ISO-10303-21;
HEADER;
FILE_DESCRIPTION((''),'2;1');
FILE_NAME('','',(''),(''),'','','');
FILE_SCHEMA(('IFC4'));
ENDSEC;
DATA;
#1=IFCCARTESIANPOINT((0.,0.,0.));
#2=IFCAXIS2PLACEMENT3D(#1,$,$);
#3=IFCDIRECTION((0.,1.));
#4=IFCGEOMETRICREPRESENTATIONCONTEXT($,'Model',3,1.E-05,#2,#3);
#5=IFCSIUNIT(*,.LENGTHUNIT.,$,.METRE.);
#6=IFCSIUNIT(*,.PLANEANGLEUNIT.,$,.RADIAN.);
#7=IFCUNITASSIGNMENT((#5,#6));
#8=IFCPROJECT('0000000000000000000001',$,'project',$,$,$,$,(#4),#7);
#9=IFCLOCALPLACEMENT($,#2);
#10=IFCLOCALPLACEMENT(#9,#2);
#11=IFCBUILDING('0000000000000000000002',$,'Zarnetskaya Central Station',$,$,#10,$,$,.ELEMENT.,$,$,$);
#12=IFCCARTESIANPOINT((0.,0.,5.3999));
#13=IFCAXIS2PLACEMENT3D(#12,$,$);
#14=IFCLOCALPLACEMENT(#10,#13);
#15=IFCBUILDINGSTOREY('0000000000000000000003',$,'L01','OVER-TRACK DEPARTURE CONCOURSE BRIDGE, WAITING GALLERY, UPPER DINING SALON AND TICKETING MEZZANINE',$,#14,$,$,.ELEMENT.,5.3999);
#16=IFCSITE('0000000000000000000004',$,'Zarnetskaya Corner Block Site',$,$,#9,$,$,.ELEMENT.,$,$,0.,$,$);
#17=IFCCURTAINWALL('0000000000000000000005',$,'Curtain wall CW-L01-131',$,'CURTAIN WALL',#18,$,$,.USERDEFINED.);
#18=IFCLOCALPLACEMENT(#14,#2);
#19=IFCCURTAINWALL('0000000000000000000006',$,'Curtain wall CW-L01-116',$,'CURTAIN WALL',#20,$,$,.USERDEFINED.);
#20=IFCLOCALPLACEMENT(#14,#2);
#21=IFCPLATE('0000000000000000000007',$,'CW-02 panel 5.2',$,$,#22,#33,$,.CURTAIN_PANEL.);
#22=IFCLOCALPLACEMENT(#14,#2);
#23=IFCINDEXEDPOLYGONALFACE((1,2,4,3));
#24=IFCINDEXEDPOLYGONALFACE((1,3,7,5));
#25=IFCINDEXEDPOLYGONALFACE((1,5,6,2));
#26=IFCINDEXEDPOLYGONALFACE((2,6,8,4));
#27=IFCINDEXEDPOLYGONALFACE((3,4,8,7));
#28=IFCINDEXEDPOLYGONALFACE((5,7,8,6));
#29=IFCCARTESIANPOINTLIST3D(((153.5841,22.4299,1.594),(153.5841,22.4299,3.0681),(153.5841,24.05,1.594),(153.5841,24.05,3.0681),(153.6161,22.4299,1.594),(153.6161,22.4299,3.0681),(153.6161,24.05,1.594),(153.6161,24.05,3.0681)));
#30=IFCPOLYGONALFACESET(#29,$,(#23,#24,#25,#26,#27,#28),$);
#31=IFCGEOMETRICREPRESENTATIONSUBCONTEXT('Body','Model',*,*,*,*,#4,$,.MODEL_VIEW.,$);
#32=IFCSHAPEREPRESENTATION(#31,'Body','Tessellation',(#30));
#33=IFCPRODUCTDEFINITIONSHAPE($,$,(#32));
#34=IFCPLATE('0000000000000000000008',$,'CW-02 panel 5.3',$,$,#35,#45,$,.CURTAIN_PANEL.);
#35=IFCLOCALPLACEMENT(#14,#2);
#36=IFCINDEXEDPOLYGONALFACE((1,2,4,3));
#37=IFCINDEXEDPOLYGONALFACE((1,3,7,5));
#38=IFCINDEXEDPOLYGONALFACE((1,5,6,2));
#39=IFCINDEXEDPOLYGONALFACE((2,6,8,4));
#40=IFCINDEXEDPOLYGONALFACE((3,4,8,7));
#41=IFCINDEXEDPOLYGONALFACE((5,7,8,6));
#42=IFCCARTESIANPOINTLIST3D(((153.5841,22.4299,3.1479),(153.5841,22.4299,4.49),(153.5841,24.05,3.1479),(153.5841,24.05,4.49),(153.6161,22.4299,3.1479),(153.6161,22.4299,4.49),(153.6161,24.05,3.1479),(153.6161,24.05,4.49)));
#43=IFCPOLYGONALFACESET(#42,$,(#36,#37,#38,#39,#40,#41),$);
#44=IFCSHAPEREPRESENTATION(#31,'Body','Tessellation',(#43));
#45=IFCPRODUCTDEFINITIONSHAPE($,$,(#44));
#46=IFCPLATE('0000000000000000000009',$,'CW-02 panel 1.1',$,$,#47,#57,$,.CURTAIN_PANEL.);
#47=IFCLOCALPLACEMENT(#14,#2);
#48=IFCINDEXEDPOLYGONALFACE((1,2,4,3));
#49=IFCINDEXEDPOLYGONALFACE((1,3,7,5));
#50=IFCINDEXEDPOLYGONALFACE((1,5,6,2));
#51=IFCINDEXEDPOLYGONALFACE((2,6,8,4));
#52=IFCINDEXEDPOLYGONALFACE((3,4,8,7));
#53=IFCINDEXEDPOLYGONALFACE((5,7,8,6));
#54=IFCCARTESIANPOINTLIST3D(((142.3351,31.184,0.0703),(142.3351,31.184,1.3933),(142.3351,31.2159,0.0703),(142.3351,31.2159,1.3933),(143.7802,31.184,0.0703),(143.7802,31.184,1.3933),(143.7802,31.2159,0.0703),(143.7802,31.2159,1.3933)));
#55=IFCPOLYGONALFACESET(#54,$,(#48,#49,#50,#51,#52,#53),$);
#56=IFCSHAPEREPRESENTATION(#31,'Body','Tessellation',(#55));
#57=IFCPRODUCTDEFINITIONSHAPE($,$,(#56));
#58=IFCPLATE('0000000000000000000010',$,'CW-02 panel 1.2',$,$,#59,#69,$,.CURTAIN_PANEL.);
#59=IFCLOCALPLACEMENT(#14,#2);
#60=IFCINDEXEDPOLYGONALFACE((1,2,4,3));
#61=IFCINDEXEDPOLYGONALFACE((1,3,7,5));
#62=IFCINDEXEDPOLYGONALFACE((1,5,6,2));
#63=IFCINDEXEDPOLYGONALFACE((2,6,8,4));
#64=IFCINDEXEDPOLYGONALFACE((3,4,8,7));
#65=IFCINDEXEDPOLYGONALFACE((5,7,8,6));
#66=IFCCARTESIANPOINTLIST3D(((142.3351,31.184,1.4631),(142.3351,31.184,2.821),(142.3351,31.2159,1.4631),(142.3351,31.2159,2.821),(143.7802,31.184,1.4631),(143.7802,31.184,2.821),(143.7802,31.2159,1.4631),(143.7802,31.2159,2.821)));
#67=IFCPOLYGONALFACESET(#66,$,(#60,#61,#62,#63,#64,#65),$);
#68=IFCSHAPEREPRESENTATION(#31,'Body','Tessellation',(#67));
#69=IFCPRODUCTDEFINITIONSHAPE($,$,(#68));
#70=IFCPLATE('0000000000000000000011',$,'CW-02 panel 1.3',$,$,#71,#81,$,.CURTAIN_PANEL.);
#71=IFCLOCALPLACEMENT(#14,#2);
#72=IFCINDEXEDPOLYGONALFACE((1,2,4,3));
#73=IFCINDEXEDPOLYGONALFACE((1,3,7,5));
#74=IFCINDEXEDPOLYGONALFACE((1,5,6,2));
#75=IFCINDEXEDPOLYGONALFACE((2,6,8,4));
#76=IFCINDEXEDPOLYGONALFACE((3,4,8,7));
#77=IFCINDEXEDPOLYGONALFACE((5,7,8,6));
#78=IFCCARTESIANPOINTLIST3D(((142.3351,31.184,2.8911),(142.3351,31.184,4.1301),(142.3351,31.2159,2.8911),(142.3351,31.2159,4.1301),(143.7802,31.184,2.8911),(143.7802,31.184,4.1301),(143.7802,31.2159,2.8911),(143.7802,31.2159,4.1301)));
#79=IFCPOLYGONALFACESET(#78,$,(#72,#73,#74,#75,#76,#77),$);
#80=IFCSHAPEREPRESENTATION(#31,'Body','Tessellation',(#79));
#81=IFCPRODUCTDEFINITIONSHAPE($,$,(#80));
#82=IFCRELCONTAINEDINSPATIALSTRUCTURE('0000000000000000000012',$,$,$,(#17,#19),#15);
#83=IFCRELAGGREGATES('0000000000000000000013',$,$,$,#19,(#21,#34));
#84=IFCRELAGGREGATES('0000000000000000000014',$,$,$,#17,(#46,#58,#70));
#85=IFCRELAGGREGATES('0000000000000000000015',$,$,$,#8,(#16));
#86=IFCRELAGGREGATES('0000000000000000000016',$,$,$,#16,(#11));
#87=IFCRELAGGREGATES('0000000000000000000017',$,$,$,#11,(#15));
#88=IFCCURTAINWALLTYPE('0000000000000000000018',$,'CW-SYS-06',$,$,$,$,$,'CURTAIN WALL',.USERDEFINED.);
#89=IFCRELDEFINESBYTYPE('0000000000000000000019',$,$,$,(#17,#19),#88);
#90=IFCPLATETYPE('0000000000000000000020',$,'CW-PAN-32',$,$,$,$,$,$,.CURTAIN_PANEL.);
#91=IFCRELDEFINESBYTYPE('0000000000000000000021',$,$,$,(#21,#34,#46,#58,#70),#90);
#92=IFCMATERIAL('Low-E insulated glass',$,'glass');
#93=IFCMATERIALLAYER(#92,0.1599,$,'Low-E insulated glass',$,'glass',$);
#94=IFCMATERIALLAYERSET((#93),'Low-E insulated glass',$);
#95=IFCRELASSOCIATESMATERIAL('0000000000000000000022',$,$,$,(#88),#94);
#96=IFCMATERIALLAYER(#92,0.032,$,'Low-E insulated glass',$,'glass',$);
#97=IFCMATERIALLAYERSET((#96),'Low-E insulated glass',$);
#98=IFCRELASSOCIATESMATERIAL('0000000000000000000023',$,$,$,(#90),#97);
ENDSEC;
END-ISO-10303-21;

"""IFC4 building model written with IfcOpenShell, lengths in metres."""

from ifc_helpers import new_model, si_unit, direction, frame, origin, origin_2d, place, context, subcontext, project, spatial, rectangle, extrude, material, layer, layer_set, type_object, element, aggregate, save


model = new_model("IFC4")

# Units and contexts
model_context = context("Model", 3, precision=1e-05, world=origin(), true_north=direction((0.0, 1.0)))
body_context = subcontext(model_context, "Body", "Model", "MODEL_VIEW")
ifc_project = project(units=[si_unit("LENGTHUNIT", "METRE"), si_unit("PLANEANGLEUNIT", "RADIAN")], contexts=[model_context])

# Site, building, storey
site_placement = place(None, origin())
site = spatial("IfcSite", under=ifc_project, at=site_placement, Name="Zarnetskaya Corner Block Site", CompositionType="ELEMENT", RefElevation=0.0)
building_placement = place(site_placement, origin())
building = spatial("IfcBuilding", under=site, at=building_placement, Name="Zarnetskaya Central Station", CompositionType="ELEMENT")
storey_placement = place(building_placement, frame((0.0, 0.0, 5.3999)))
storey = spatial("IfcBuildingStorey", under=building, at=storey_placement, Name="L01", Description="OVER-TRACK DEPARTURE CONCOURSE BRIDGE, WAITING GALLERY, UPPER DINING SALON AND TICKETING MEZZANINE", CompositionType="ELEMENT", Elevation=5.3999)

# Curtain wall
ifc_material_1 = material(Name="Low-E insulated glass", Category="glass")
ifc_layer_1 = layer(ifc_material_1, 0.1599, Name="Low-E insulated glass", Category="glass")
ifc_layer_set_1 = layer_set([ifc_layer_1], Name="Low-E insulated glass")
curtain_wall_type = type_object("IfcCurtainWallType", Name="CW-SYS-06", ElementType="CURTAIN WALL", PredefinedType="USERDEFINED", material=ifc_layer_set_1)
curtain_wall_1_placement = place(storey_placement, origin())
curtain_wall_1 = element("IfcCurtainWall", 1, at=curtain_wall_1_placement, inside=storey, type_object=curtain_wall_type, Name="Curtain wall CW-L01-131", ObjectType="CURTAIN WALL", PredefinedType="USERDEFINED")

# Curtain wall
curtain_wall_2_placement = place(storey_placement, origin())
curtain_wall_2 = element("IfcCurtainWall", 2, at=curtain_wall_2_placement, inside=storey, type_object=curtain_wall_type, Name="Curtain wall CW-L01-116", ObjectType="CURTAIN WALL", PredefinedType="USERDEFINED")

# Plates
ifc_layer_2 = layer(ifc_material_1, 0.032, Name="Low-E insulated glass", Category="glass")
ifc_layer_set_2 = layer_set([ifc_layer_2], Name="Low-E insulated glass")
plate_type_1 = type_object("IfcPlateType", Name="CW-PAN-32", PredefinedType="CURTAIN_PANEL", material=ifc_layer_set_2)
plate_1_placement = place(storey_placement, frame((153.6001, 23.24, 1.594), z_axis=(0.0, 0.0, 1.0), x_axis=(0.0, -1.0, 0.0)))
plate_1 = element("IfcPlate", 3, at=plate_1_placement, type_object=plate_type_1, Name="CW-02 panel 5.2", PredefinedType="CURTAIN_PANEL", context=body_context, shape_type="SweptSolid", body=[
    extrude(rectangle(XDim=1.6201, YDim=0.032, at=origin_2d()), origin(), (0.0, 0.0, 1.0), 1.4741),
])
plate_2_placement = place(storey_placement, frame((153.6001, 23.24, 3.1479), z_axis=(0.0, 0.0, 1.0), x_axis=(0.0, -1.0, 0.0)))
plate_2 = element("IfcPlate", 4, at=plate_2_placement, type_object=plate_type_1, Name="CW-02 panel 5.3", PredefinedType="CURTAIN_PANEL", context=body_context, shape_type="SweptSolid", body=[
    extrude(rectangle(XDim=1.6201, YDim=0.032, at=origin_2d()), origin(), (0.0, 0.0, 1.0), 1.342),
])
aggregate(curtain_wall_2, [plate_1, plate_2])
plate_3_placement = place(storey_placement, frame((143.0576, 31.2, 0.0703), z_axis=(0.0, 0.0, 1.0), x_axis=(-1.0, 0.0, 0.0)))
plate_3 = element("IfcPlate", 5, at=plate_3_placement, type_object=plate_type_1, Name="CW-02 panel 1.1", PredefinedType="CURTAIN_PANEL", context=body_context, shape_type="SweptSolid", body=[
    extrude(rectangle(XDim=1.4451, YDim=0.032, at=origin_2d()), origin(), (0.0, 0.0, 1.0), 1.323),
])
plate_4_placement = place(storey_placement, frame((143.0576, 31.2, 1.4631), z_axis=(0.0, 0.0, 1.0), x_axis=(-1.0, 0.0, 0.0)))
plate_4 = element("IfcPlate", 6, at=plate_4_placement, type_object=plate_type_1, Name="CW-02 panel 1.2", PredefinedType="CURTAIN_PANEL", context=body_context, shape_type="SweptSolid", body=[
    extrude(rectangle(XDim=1.4451, YDim=0.032, at=origin_2d()), origin(), (0.0, 0.0, 1.0), 1.3579),
])
plate_5_placement = place(storey_placement, frame((143.0576, 31.2, 2.8911), z_axis=(0.0, 0.0, 1.0), x_axis=(-1.0, 0.0, 0.0)))
plate_5 = element("IfcPlate", 7, at=plate_5_placement, type_object=plate_type_1, Name="CW-02 panel 1.3", PredefinedType="CURTAIN_PANEL", context=body_context, shape_type="SweptSolid", body=[
    extrude(rectangle(XDim=1.4451, YDim=0.032, at=origin_2d()), origin(), (0.0, 0.0, 1.0), 1.239),
])
aggregate(curtain_wall_1, [plate_3, plate_4, plate_5])

save(model, "model.ifc")
